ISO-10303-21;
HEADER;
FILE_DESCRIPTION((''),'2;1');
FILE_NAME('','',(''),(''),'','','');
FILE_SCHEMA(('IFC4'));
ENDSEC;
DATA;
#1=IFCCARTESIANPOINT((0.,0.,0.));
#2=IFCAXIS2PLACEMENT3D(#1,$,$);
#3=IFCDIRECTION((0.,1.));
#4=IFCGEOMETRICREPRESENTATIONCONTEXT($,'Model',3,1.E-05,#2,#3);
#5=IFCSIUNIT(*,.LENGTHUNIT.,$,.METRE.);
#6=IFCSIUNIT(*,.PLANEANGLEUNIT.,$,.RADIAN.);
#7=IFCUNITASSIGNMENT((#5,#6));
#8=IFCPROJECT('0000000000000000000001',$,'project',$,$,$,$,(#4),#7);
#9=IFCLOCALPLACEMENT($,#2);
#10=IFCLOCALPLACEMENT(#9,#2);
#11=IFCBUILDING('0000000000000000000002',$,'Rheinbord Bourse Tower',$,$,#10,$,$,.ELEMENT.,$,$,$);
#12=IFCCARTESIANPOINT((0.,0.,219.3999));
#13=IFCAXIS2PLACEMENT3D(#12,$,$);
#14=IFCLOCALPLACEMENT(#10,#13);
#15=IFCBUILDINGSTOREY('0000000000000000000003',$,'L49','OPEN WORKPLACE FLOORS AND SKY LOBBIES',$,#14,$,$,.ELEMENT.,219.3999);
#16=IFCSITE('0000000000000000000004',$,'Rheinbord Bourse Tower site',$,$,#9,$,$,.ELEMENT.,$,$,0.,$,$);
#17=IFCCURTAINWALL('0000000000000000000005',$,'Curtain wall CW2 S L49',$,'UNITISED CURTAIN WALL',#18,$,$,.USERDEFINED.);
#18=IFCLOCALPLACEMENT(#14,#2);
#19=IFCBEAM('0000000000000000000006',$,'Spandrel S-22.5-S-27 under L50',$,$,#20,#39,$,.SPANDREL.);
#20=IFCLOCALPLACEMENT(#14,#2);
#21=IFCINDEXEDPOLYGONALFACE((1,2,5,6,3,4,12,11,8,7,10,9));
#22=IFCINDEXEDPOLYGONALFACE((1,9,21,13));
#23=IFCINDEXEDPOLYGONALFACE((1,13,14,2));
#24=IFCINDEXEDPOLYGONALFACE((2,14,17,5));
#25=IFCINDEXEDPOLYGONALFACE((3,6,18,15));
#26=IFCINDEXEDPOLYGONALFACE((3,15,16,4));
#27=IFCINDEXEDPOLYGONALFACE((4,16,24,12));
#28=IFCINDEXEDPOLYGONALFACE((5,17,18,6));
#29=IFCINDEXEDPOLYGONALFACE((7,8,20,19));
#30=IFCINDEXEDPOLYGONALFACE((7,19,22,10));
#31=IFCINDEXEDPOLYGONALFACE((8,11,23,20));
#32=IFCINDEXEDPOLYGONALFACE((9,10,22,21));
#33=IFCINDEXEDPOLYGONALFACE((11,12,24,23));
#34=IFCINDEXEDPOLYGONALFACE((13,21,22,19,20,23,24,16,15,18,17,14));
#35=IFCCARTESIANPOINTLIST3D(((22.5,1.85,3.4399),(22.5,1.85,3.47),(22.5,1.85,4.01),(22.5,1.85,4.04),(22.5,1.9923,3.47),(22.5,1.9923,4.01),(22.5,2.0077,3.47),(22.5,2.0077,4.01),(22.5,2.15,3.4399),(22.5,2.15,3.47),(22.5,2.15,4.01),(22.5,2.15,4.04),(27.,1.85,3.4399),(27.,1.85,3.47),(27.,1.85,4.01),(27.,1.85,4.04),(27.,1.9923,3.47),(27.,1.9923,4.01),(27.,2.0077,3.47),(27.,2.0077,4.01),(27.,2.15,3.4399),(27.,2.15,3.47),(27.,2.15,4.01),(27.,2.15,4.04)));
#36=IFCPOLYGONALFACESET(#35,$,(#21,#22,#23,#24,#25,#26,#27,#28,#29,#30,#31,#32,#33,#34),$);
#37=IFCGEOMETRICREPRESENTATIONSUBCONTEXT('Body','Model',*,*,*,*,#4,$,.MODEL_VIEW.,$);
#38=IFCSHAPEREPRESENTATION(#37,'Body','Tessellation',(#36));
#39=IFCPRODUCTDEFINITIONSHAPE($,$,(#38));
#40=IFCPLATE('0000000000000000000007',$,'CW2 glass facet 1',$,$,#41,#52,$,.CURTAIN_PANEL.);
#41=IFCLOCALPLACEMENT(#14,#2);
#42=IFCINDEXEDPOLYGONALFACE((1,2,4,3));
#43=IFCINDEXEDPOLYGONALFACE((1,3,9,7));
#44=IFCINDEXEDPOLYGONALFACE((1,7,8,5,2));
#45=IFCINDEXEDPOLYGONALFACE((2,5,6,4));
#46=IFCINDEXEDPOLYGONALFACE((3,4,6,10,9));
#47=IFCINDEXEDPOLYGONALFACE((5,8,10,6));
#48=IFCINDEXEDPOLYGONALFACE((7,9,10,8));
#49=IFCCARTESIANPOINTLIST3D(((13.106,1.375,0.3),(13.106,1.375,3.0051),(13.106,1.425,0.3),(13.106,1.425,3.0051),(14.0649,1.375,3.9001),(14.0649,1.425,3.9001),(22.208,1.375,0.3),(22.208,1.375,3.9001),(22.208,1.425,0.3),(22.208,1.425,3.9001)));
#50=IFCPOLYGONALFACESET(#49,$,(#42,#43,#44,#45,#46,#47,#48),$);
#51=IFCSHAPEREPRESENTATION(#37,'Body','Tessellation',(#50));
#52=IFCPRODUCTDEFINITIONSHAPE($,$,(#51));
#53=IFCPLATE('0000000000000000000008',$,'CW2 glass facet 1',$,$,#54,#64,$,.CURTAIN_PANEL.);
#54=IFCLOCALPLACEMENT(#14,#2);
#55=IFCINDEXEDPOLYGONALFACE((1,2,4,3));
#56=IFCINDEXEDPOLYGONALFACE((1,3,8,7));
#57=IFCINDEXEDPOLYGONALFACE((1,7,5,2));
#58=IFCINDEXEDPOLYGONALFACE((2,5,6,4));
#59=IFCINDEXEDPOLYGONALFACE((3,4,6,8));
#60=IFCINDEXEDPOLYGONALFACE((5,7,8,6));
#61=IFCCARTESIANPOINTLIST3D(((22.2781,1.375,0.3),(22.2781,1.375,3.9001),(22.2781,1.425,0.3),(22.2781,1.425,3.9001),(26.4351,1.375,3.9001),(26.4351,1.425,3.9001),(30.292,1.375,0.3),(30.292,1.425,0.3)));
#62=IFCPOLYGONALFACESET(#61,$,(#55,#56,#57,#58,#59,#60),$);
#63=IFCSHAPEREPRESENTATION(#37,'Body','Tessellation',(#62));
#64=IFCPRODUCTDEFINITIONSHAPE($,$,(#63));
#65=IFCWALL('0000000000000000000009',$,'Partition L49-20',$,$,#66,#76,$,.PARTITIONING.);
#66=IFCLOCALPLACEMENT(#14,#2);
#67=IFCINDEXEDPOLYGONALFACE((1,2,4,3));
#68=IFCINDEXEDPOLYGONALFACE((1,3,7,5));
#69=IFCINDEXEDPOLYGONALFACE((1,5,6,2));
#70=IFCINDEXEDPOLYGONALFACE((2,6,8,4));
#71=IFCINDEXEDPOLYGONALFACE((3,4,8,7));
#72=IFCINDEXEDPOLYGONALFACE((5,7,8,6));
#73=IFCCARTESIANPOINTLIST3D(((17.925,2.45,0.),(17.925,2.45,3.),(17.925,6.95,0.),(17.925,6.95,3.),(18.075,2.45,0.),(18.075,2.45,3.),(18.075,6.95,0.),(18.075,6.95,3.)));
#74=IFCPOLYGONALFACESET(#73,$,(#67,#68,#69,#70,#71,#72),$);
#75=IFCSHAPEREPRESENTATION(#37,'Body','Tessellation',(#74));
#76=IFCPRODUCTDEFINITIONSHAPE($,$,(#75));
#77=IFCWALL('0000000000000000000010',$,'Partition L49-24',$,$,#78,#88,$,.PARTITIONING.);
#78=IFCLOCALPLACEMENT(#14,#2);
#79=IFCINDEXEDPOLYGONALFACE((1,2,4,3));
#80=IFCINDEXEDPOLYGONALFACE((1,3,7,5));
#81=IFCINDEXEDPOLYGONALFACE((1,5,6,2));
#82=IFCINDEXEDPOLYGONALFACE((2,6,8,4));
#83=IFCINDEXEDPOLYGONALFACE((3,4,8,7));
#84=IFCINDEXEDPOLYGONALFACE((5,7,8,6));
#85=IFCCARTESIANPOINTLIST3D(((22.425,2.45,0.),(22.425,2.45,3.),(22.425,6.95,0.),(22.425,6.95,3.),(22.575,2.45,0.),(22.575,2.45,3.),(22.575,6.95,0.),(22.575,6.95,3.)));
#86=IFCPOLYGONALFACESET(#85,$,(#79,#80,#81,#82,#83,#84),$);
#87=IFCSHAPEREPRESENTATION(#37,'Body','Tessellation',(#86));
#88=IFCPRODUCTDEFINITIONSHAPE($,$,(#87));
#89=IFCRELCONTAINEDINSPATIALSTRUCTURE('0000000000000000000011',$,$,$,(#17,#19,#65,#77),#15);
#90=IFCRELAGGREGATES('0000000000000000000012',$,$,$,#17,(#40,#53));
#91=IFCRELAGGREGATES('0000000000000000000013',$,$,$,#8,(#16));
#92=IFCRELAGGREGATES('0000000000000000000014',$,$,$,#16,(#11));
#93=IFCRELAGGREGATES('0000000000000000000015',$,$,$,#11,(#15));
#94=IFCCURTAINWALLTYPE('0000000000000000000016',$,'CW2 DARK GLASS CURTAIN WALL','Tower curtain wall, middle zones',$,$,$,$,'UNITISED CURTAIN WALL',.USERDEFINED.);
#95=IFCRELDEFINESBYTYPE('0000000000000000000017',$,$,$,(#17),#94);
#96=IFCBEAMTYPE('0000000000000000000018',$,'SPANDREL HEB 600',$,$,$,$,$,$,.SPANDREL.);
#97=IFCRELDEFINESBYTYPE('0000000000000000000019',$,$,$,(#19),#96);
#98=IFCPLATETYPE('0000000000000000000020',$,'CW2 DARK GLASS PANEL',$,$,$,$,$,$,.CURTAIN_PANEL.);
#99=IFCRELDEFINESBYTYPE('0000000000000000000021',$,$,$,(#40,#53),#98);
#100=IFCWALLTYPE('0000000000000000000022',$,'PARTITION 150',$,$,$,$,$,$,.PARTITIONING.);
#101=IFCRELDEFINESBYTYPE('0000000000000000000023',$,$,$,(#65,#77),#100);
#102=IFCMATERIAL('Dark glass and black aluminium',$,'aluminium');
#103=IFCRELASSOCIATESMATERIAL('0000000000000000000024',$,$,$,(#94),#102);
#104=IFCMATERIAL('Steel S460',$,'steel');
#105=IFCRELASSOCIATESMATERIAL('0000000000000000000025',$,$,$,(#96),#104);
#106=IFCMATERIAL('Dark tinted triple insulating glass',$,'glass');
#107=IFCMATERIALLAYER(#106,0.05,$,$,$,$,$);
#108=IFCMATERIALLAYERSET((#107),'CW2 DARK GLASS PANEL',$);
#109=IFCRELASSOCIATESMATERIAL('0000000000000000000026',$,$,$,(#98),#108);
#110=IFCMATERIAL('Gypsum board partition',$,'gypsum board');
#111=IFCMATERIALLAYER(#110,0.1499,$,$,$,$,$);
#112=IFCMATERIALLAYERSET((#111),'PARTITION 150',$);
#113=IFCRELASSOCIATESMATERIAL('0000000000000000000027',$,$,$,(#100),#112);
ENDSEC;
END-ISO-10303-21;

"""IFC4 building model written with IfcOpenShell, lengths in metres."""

from ifc_helpers import new_model, si_unit, direction, frame, frame_2d, origin, origin_2d, place, context, subcontext, project, spatial, polyline, rectangle, i_section, outline, extrude, material, layer, layer_set, material_profile, profile_set, type_object, element, aggregate, save


model = new_model("IFC4")

# Units and contexts
model_context = context("Model", 3, precision=1e-05, world=origin(), true_north=direction((0.0, 1.0)))
body_context = subcontext(model_context, "Body", "Model", "MODEL_VIEW")
ifc_project = project(units=[si_unit("LENGTHUNIT", "METRE"), si_unit("PLANEANGLEUNIT", "RADIAN")], contexts=[model_context])

# Site, building, storey
site_placement = place(None, origin())
site = spatial("IfcSite", under=ifc_project, at=site_placement, Name="Rheinbord Bourse Tower site", CompositionType="ELEMENT", RefElevation=0.0)
building_placement = place(site_placement, origin())
building = spatial("IfcBuilding", under=site, at=building_placement, Name="Rheinbord Bourse Tower", CompositionType="ELEMENT")
storey_placement = place(building_placement, frame((0.0, 0.0, 219.3999)))
storey = spatial("IfcBuildingStorey", under=building, at=storey_placement, Name="L49", Description="OPEN WORKPLACE FLOORS AND SKY LOBBIES", CompositionType="ELEMENT", Elevation=219.3999)

# Curtain wall
ifc_material_1 = material(Name="Dark glass and black aluminium", Category="aluminium")
curtain_wall_type = type_object("IfcCurtainWallType", Name="CW2 DARK GLASS CURTAIN WALL", Description="Tower curtain wall, middle zones", ElementType="UNITISED CURTAIN WALL", PredefinedType="USERDEFINED", material=ifc_material_1)
curtain_wall_placement = place(storey_placement, origin())
curtain_wall = element("IfcCurtainWall", 1, at=curtain_wall_placement, inside=storey, type_object=curtain_wall_type, Name="Curtain wall CW2 S L49", ObjectType="UNITISED CURTAIN WALL", PredefinedType="USERDEFINED")

# Beam
ifc_material_2 = material(Name="Steel S460", Category="steel")
ifc_material_profile_1 = material_profile(ifc_material_2, i_section(OverallWidth=0.3, OverallDepth=0.6001, WebThickness=0.0154, FlangeThickness=0.03, at=origin_2d()), Name="HEB 600")
ifc_profile_set_1 = profile_set([ifc_material_profile_1], Name="Steel S460")
beam_type_1 = type_object("IfcBeamType", Name="SPANDREL HEB 600", PredefinedType="SPANDREL", material=ifc_profile_set_1)
for number, where, z_axis, x_axis, name in (
    (2, (22.5, 2.0, 3.74), (1.0, 0.0, 0.0), (0.0, 1.0, 0.0), "Spandrel S-22.5-S-27 under L50"),
):
    element("IfcBeam", number, at=place(storey_placement, frame(where, z_axis=z_axis, x_axis=x_axis)), inside=storey, type_object=beam_type_1, Name=name, PredefinedType="SPANDREL", context=body_context, shape_type="SweptSolid", body=[
        extrude(i_section(OverallWidth=0.3, OverallDepth=0.6001, WebThickness=0.0154, FlangeThickness=0.03, at=origin_2d()), origin(), (0.0, 0.0, 1.0), 4.5),
    ])

# Plates
ifc_material_3 = material(Name="Dark tinted triple insulating glass", Category="glass")
ifc_layer_1 = layer(ifc_material_3, 0.05)
ifc_layer_set_1 = layer_set([ifc_layer_1], Name="CW2 DARK GLASS PANEL")
plate_type = type_object("IfcPlateType", Name="CW2 DARK GLASS PANEL", PredefinedType="CURTAIN_PANEL", material=ifc_layer_set_1)
plate_1_placement = place(storey_placement, frame((22.208, 1.375, 3.9001), z_axis=(0.0, 1.0, 0.0), x_axis=(0.0, 0.0, -1.0)))
plate_1 = element("IfcPlate", 3, at=plate_1_placement, type_object=plate_type, Name="CW2 glass facet 1", PredefinedType="CURTAIN_PANEL", context=body_context, shape_type="SweptSolid", body=[
    extrude(outline(polyline([(0.0, 0.0), (3.6001, 0.0), (3.6001, 9.1021), (0.895, 9.1021), (0.0, 8.1431), (0.0, 0.0)])), origin(), (0.0, 0.0, 1.0), 0.05),
])
plate_2_placement = place(storey_placement, frame((22.2781, 1.375, 0.3), z_axis=(0.0, 1.0, 0.0), x_axis=(0.0, 0.0, 1.0)))
plate_2 = element("IfcPlate", 4, at=plate_2_placement, type_object=plate_type, Name="CW2 glass facet 1", PredefinedType="CURTAIN_PANEL", context=body_context, shape_type="SweptSolid", body=[
    extrude(outline(polyline([(0.0, 0.0), (3.6001, 0.0), (3.6001, 4.157), (0.0, 8.0139), (0.0, 0.0)])), origin(), (0.0, 0.0, 1.0), 0.05),
])
aggregate(curtain_wall, [plate_1, plate_2])

# Walls
ifc_material_4 = material(Name="Gypsum board partition", Category="gypsum board")
ifc_layer_2 = layer(ifc_material_4, 0.1499)
ifc_layer_set_2 = layer_set([ifc_layer_2], Name="PARTITION 150")
wall_type = type_object("IfcWallType", Name="PARTITION 150", PredefinedType="PARTITIONING", material=ifc_layer_set_2)
for number, where, z_axis, x_axis, name in (
    (5, (18.0, 2.45, 0.0), (0.0, 0.0, 1.0), (0.0, 1.0, 0.0), "Partition L49-20"),
    (6, (22.5, 2.45, 0.0), (0.0, 0.0, 1.0), (0.0, 1.0, 0.0), "Partition L49-24"),
):
    element("IfcWall", number, at=place(storey_placement, frame(where, z_axis=z_axis, x_axis=x_axis)), inside=storey, type_object=wall_type, Name=name, PredefinedType="PARTITIONING", context=body_context, shape_type="SweptSolid", body=[
        extrude(rectangle(XDim=4.5, YDim=0.1499, at=frame_2d((2.25, 0.0))), origin(), (0.0, 0.0, 1.0), 3.0),
    ])

save(model, "model.ifc")
